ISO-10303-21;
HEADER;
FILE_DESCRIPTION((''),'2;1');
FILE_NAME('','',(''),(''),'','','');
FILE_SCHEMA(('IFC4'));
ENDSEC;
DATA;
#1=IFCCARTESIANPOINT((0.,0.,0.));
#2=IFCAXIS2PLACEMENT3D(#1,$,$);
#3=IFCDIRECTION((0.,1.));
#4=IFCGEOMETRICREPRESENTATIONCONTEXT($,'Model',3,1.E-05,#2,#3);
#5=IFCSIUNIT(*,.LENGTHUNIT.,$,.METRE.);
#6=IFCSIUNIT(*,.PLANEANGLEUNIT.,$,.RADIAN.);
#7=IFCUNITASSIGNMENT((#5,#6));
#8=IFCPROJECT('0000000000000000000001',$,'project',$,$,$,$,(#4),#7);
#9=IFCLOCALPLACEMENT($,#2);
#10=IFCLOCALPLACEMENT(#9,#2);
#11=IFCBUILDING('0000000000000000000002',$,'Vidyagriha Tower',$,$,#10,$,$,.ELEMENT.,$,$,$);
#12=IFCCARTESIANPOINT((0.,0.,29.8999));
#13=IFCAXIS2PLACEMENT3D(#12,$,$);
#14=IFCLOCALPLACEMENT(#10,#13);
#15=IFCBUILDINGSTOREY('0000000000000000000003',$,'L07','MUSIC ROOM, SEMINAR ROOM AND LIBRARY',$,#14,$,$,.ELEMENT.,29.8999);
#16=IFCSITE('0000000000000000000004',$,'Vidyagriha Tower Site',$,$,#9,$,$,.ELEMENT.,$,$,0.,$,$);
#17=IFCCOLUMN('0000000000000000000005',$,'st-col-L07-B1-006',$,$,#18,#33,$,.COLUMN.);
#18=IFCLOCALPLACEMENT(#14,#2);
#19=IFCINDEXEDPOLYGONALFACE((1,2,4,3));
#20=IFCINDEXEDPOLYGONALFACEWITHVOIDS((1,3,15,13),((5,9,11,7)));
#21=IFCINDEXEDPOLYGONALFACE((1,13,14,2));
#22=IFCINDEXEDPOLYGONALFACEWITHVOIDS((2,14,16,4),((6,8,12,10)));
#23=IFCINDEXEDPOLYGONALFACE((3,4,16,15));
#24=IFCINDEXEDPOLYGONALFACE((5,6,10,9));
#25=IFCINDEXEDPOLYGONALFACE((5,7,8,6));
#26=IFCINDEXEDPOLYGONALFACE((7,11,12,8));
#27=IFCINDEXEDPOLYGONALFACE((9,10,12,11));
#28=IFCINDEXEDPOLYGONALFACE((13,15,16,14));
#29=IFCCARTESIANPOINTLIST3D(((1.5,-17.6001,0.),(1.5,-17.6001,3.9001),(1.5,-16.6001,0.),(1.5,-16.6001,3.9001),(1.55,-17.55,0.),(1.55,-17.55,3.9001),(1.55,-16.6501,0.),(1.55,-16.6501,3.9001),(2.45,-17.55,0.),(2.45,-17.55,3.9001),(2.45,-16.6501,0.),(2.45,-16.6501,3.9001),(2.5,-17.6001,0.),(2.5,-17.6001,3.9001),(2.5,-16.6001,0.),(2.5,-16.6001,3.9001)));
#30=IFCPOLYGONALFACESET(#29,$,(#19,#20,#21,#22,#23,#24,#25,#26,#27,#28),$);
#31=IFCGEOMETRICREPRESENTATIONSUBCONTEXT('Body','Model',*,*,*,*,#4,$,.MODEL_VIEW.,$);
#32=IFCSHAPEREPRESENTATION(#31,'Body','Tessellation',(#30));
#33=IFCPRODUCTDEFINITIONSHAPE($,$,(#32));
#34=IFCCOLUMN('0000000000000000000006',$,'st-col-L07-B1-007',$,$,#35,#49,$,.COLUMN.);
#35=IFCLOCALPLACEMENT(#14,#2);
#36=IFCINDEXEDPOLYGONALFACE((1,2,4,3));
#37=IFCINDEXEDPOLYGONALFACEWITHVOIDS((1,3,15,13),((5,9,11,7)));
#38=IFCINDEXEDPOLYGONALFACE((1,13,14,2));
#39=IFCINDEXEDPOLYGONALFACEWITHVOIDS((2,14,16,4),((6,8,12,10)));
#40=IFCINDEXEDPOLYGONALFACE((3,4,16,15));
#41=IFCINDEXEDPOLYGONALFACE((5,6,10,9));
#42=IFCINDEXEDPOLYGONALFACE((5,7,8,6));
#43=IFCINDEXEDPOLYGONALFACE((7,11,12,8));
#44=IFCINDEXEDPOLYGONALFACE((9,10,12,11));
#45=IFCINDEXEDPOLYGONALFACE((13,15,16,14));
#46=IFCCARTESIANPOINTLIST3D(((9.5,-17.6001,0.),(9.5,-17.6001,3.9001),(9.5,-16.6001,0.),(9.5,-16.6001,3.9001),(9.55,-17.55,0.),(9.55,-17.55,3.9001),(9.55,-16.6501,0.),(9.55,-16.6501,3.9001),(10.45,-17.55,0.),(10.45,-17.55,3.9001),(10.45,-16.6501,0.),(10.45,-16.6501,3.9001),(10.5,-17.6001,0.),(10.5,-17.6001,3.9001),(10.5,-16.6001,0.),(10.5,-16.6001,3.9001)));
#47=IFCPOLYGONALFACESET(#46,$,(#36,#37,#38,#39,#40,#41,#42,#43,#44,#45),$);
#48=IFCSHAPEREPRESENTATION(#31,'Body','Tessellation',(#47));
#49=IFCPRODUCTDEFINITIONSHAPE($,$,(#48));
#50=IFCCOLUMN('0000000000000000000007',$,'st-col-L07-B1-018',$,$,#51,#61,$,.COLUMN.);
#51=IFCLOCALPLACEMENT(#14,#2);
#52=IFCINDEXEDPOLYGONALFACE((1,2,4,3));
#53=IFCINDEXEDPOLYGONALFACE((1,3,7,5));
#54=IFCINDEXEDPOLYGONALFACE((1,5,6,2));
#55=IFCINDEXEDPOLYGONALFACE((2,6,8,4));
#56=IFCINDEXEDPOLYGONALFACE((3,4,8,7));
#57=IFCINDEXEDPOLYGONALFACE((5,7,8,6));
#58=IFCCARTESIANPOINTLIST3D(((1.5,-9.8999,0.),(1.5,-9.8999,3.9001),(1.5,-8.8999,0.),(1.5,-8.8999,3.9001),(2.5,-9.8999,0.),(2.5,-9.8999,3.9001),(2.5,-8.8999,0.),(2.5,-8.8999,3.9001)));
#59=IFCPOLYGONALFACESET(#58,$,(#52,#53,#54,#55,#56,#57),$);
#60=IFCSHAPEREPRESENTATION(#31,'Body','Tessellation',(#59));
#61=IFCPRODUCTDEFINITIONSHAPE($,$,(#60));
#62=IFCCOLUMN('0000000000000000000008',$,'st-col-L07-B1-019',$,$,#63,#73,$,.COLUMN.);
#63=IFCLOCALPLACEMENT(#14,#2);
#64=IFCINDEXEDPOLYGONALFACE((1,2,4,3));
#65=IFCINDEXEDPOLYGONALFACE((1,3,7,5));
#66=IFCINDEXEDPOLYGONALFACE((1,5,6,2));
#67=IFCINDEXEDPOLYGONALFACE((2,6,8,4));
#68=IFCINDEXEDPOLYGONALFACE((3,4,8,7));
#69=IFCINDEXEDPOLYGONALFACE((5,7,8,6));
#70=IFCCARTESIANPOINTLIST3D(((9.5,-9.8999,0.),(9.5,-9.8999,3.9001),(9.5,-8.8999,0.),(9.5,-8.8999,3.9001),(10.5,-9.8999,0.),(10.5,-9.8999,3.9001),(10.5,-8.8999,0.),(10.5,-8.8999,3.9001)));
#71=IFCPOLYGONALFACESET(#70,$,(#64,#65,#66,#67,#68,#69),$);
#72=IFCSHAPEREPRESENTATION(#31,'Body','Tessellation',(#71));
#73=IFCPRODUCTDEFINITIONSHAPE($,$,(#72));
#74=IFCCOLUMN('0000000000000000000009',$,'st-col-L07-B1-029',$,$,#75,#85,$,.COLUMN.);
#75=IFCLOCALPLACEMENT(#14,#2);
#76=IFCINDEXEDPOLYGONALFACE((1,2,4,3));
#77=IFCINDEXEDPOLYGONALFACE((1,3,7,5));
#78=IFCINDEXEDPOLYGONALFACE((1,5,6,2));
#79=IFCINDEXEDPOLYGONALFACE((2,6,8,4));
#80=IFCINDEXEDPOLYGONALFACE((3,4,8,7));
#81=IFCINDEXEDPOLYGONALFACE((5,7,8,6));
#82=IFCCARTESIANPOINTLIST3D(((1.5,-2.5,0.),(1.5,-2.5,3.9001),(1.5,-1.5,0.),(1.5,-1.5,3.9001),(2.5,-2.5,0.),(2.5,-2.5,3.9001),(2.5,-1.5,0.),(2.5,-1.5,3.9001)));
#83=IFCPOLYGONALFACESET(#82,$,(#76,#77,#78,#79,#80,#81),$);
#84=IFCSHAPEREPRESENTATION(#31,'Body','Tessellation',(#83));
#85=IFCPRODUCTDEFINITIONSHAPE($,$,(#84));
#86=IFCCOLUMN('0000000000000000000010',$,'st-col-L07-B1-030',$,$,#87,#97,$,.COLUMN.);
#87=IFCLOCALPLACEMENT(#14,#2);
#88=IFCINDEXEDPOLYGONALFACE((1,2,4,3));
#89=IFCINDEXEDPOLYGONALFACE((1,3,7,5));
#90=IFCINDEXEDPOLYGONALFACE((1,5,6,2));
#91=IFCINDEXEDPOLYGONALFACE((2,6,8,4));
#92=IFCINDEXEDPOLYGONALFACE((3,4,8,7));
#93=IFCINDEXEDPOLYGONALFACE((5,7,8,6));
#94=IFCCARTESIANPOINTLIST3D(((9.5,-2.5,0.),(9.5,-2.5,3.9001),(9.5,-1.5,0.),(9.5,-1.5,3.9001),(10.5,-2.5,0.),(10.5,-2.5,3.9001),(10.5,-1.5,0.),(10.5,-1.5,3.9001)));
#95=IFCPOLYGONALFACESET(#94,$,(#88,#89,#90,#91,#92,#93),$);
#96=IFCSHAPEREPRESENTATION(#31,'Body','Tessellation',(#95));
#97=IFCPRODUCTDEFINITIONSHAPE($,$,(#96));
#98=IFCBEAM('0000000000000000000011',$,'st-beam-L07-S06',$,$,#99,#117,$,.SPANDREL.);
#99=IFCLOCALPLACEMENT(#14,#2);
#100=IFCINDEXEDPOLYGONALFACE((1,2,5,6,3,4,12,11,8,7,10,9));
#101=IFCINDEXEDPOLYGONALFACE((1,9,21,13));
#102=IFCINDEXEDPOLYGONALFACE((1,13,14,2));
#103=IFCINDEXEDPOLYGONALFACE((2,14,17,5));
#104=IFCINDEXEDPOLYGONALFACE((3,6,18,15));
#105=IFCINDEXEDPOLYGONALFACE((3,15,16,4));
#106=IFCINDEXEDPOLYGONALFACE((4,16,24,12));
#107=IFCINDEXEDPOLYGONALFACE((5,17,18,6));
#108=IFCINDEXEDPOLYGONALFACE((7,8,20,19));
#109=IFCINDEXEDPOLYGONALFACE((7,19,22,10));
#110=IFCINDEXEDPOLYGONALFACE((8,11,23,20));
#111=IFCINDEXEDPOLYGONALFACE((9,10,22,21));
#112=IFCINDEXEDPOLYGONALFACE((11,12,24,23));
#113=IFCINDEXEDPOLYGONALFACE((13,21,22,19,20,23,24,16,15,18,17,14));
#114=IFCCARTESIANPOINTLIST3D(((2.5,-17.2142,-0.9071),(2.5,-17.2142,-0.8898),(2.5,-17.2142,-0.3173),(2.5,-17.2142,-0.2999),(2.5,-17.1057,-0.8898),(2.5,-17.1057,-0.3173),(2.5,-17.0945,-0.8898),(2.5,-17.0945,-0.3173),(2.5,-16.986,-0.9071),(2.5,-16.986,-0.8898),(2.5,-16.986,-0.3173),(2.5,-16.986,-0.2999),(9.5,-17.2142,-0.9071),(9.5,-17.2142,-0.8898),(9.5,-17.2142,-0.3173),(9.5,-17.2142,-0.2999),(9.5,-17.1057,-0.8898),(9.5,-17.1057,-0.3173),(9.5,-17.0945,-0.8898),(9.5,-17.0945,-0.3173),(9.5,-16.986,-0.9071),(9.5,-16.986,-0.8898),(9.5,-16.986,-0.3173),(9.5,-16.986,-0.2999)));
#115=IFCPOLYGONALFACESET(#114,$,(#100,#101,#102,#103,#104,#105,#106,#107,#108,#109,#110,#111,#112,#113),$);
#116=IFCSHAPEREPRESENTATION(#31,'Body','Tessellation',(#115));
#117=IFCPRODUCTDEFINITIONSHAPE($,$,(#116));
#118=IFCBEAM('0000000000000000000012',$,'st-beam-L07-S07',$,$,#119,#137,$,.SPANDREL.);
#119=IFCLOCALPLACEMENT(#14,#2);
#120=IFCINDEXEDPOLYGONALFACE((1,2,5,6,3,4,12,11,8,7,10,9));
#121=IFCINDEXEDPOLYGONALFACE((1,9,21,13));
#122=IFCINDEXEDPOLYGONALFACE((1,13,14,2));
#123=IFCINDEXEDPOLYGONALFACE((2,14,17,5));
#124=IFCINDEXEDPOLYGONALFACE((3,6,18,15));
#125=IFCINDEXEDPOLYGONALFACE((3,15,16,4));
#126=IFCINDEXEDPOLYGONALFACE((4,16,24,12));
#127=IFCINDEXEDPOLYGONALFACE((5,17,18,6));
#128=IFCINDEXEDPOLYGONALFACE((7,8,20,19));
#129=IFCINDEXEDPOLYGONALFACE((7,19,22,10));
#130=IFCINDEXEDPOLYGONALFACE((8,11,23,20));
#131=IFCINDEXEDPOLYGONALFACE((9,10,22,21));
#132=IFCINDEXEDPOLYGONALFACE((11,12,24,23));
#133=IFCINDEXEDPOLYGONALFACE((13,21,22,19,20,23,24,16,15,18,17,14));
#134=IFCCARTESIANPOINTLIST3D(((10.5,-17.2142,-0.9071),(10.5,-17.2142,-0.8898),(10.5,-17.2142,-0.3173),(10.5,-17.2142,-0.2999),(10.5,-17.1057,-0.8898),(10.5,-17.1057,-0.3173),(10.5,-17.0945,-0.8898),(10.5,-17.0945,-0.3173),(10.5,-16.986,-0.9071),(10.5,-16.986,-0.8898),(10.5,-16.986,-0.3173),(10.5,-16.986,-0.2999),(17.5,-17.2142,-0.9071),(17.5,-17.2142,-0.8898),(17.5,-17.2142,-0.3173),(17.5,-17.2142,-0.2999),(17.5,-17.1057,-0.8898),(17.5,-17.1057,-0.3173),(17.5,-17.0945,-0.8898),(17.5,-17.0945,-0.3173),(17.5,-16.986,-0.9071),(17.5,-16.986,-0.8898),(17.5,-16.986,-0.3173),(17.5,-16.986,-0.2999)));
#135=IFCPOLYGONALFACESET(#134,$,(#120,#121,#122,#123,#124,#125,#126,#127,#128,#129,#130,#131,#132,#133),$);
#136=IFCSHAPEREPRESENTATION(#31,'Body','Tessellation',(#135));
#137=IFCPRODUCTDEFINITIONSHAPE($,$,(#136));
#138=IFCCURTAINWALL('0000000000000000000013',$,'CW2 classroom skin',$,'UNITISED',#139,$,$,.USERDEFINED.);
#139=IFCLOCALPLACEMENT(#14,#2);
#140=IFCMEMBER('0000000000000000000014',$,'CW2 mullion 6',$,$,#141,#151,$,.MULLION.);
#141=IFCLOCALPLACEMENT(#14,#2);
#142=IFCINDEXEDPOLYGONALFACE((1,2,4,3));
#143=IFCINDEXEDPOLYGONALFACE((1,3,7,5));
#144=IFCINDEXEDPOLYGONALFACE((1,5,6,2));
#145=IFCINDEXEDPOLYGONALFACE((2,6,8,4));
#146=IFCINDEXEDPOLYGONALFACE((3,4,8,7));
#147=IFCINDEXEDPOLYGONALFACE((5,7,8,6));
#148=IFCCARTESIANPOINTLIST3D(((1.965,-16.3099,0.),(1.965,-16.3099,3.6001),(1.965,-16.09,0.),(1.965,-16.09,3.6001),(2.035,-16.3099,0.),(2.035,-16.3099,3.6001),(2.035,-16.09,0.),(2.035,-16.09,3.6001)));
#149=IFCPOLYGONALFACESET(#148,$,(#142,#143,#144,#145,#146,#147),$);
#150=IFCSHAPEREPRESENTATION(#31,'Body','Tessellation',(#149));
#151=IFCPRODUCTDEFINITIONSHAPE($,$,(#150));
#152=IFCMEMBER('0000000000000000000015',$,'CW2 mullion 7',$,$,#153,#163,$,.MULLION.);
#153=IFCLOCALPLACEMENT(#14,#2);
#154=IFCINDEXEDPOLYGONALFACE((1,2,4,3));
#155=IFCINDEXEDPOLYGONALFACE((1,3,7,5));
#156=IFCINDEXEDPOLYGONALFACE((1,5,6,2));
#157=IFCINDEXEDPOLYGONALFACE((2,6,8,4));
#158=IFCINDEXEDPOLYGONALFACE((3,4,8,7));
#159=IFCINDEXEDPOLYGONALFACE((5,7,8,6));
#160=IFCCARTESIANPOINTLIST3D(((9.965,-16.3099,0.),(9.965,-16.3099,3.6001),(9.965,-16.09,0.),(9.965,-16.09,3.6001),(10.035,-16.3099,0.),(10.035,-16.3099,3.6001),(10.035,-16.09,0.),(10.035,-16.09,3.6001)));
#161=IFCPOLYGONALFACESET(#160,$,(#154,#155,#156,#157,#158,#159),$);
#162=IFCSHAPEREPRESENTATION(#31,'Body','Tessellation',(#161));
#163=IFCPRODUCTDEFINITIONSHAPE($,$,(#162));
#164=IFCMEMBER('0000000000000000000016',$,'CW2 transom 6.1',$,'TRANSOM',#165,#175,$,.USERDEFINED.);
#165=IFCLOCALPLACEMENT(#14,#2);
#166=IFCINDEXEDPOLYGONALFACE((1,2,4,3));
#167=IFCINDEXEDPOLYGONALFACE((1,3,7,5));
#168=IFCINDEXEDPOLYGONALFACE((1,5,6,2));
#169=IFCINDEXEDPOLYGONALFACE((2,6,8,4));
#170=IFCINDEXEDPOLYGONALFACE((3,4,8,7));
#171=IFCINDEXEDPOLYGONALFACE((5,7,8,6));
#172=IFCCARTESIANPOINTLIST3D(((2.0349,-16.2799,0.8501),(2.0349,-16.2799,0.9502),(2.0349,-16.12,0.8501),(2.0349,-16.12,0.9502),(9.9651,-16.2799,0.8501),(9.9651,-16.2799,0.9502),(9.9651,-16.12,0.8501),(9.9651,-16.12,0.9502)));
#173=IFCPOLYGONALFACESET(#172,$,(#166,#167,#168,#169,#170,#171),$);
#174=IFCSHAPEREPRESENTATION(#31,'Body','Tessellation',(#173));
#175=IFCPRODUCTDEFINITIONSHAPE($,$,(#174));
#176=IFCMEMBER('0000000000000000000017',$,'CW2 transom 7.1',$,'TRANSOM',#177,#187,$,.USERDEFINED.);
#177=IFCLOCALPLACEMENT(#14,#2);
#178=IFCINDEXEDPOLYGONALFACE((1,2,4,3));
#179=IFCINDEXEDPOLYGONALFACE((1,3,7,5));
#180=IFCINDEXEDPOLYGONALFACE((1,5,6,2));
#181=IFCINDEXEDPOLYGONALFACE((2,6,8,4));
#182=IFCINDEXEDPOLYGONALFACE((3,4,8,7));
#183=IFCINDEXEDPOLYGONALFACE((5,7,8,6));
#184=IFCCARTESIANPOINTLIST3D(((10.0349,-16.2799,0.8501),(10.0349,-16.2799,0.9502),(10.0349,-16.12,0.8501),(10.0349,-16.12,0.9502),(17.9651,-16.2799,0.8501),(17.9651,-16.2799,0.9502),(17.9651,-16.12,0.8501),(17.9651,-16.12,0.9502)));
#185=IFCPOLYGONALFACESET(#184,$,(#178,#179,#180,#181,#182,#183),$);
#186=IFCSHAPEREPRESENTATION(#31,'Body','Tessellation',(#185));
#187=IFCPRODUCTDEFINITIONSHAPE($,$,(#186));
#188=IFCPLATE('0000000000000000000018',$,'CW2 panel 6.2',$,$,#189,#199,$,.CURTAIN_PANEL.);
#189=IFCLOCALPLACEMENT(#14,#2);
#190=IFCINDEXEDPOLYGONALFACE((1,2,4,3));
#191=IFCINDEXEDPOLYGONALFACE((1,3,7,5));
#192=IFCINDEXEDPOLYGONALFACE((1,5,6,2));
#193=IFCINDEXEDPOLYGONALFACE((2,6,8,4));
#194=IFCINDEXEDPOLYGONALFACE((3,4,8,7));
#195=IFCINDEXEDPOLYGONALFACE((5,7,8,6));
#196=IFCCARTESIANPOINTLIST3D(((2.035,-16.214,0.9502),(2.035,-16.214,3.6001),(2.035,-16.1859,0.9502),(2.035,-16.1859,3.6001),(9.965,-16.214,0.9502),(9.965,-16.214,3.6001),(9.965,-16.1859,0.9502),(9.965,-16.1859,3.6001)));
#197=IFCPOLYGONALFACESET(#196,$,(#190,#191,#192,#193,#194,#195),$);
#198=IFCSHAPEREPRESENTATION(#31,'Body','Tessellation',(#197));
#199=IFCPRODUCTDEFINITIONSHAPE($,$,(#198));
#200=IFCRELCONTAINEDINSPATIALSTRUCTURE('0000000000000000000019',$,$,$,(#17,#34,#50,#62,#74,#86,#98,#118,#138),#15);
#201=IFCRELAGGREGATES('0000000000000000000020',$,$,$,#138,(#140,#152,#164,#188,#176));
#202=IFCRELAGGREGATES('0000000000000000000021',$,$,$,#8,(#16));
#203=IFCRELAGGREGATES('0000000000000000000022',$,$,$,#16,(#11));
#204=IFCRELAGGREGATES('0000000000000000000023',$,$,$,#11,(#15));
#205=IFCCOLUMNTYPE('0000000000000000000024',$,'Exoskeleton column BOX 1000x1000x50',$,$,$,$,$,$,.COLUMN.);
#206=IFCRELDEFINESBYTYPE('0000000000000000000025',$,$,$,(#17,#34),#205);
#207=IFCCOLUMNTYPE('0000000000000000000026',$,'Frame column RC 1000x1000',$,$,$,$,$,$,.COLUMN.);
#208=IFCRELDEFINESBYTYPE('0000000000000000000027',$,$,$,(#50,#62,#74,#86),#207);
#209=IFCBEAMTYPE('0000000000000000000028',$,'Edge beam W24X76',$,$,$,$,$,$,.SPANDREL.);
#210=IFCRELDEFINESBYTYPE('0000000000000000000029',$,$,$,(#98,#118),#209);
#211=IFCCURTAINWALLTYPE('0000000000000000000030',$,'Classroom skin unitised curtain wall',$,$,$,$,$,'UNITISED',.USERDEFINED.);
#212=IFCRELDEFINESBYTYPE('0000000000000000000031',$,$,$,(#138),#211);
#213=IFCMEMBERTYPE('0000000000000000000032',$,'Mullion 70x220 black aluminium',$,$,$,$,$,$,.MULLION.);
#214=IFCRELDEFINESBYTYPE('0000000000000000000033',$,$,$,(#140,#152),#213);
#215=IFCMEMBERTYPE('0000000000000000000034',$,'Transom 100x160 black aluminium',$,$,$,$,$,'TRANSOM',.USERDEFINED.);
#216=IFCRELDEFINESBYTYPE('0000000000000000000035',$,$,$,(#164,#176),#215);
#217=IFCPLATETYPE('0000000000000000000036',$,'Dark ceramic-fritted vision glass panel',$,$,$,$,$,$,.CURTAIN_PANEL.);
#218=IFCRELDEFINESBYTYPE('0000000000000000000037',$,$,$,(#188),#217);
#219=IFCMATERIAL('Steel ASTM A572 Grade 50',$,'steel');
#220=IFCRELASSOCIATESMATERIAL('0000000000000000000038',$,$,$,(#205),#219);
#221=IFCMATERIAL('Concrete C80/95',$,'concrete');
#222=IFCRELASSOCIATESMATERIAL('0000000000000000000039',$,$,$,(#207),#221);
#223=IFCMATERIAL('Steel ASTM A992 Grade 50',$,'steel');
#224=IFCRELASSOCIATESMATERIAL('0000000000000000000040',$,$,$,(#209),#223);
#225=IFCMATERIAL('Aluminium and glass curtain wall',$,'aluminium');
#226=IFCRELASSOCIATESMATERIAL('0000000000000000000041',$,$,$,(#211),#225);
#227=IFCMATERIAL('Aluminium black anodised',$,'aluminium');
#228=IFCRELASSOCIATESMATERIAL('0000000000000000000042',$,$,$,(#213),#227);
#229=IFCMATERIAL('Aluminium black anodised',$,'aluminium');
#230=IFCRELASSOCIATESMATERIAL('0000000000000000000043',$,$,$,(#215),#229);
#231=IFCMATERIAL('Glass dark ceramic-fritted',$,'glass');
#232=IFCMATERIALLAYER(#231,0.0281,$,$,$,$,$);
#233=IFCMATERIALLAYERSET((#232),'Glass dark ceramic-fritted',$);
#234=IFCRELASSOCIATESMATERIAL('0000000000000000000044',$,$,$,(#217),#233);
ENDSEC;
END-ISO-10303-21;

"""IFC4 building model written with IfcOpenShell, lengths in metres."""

from ifc_helpers import new_model, si_unit, direction, frame, origin, origin_2d, place, context, subcontext, project, spatial, rectangle, hollow_rectangle, i_section, extrude, material, layer, layer_set, material_profile, profile_set, type_object, element, aggregate, save


model = new_model("IFC4")

# Units and contexts
model_context = context("Model", 3, precision=1e-05, world=origin(), true_north=direction((0.0, 1.0)))
body_context = subcontext(model_context, "Body", "Model", "MODEL_VIEW")
ifc_project = project(units=[si_unit("LENGTHUNIT", "METRE"), si_unit("PLANEANGLEUNIT", "RADIAN")], contexts=[model_context])

# Site, building, storey
site_placement = place(None, origin())
site = spatial("IfcSite", under=ifc_project, at=site_placement, Name="Vidyagriha Tower Site", CompositionType="ELEMENT", RefElevation=0.0)
building_placement = place(site_placement, origin())
building = spatial("IfcBuilding", under=site, at=building_placement, Name="Vidyagriha Tower", CompositionType="ELEMENT")
storey_placement = place(building_placement, frame((0.0, 0.0, 29.8999)))
storey = spatial("IfcBuildingStorey", under=building, at=storey_placement, Name="L07", Description="MUSIC ROOM, SEMINAR ROOM AND LIBRARY", CompositionType="ELEMENT", Elevation=29.8999)

# Columns
ifc_material_1 = material(Name="Steel ASTM A572 Grade 50", Category="steel")
ifc_material_profile_1 = material_profile(ifc_material_1, hollow_rectangle(XDim=1.0, YDim=1.0, WallThickness=0.05, at=origin_2d()), Name="BOX 1000x1000x50")
ifc_profile_set_1 = profile_set([ifc_material_profile_1], Name="Steel ASTM A572 Grade 50")
column_type_1 = type_object("IfcColumnType", Name="Exoskeleton column BOX 1000x1000x50", PredefinedType="COLUMN", material=ifc_profile_set_1)
for number, where, name in (
    (1, (2.0, -17.1001, 0.0), "st-col-L07-B1-006"),
    (2, (10.0, -17.1001, 0.0), "st-col-L07-B1-007"),
):
    element("IfcColumn", number, at=place(storey_placement, frame(where)), inside=storey, type_object=column_type_1, Name=name, PredefinedType="COLUMN", context=body_context, shape_type="SweptSolid", body=[
        extrude(hollow_rectangle(XDim=1.0, YDim=1.0, WallThickness=0.05, at=origin_2d()), origin(), (0.0, 0.0, 1.0), 3.9001),
    ])
ifc_material_2 = material(Name="Concrete C80/95", Category="concrete")
ifc_material_profile_2 = material_profile(ifc_material_2, rectangle(XDim=1.0, YDim=1.0, at=origin_2d()), Name="RC 1000x1000")
ifc_profile_set_2 = profile_set([ifc_material_profile_2], Name="Concrete C80/95")
column_type_2 = type_object("IfcColumnType", Name="Frame column RC 1000x1000", PredefinedType="COLUMN", material=ifc_profile_set_2)
for number, where, name in (
    (3, (2.0, -9.3999, 0.0), "st-col-L07-B1-018"),
    (4, (10.0, -9.3999, 0.0), "st-col-L07-B1-019"),
    (5, (2.0, -2.0, 0.0), "st-col-L07-B1-029"),
    (6, (10.0, -2.0, 0.0), "st-col-L07-B1-030"),
):
    element("IfcColumn", number, at=place(storey_placement, frame(where)), inside=storey, type_object=column_type_2, Name=name, PredefinedType="COLUMN", context=body_context, shape_type="SweptSolid", body=[
        extrude(rectangle(XDim=1.0, YDim=1.0, at=origin_2d()), origin(), (0.0, 0.0, 1.0), 3.9001),
    ])

# Beams
ifc_material_3 = material(Name="Steel ASTM A992 Grade 50", Category="steel")
ifc_material_profile_3 = material_profile(ifc_material_3, i_section(OverallWidth=0.2283, OverallDepth=0.6072, WebThickness=0.0112, FlangeThickness=0.0173, at=origin_2d()), Name="W24X76")
ifc_profile_set_3 = profile_set([ifc_material_profile_3], Name="Steel ASTM A992 Grade 50")
beam_type = type_object("IfcBeamType", Name="Edge beam W24X76", PredefinedType="SPANDREL", material=ifc_profile_set_3)
for number, where, z_axis, x_axis, name in (
    (7, (2.5, -17.1001, -0.6035), (1.0, 0.0, 0.0), (0.0, 1.0, 0.0), "st-beam-L07-S06"),
    (8, (10.5, -17.1001, -0.6035), (1.0, 0.0, 0.0), (0.0, 1.0, 0.0), "st-beam-L07-S07"),
):
    element("IfcBeam", number, at=place(storey_placement, frame(where, z_axis=z_axis, x_axis=x_axis)), inside=storey, type_object=beam_type, Name=name, PredefinedType="SPANDREL", context=body_context, shape_type="SweptSolid", body=[
        extrude(i_section(OverallWidth=0.2283, OverallDepth=0.6072, WebThickness=0.0112, FlangeThickness=0.0173, at=origin_2d()), origin(), (0.0, 0.0, 1.0), 7.0),
    ])

# Curtain wall, members, plate
ifc_material_4 = material(Name="Aluminium and glass curtain wall", Category="aluminium")
curtain_wall_type = type_object("IfcCurtainWallType", Name="Classroom skin unitised curtain wall", ElementType="UNITISED", PredefinedType="USERDEFINED", material=ifc_material_4)
curtain_wall_placement = place(storey_placement, origin())
curtain_wall = element("IfcCurtainWall", 9, at=curtain_wall_placement, inside=storey, type_object=curtain_wall_type, Name="CW2 classroom skin", ObjectType="UNITISED", PredefinedType="USERDEFINED")
ifc_material_5 = material(Name="Aluminium black anodised", Category="aluminium")
ifc_material_profile_4 = material_profile(ifc_material_5, rectangle(XDim=0.22, YDim=0.0701, at=origin_2d()), Name="Mullion 70x220 black aluminium")
ifc_profile_set_4 = profile_set([ifc_material_profile_4], Name="Aluminium black anodised")
member_type_1 = type_object("IfcMemberType", Name="Mullion 70x220 black aluminium", PredefinedType="MULLION", material=ifc_profile_set_4)
member_1_placement = place(storey_placement, frame((2.0, -16.2, 0.0), z_axis=(0.0, 0.0, 1.0), x_axis=(0.0, 1.0, 0.0)))
member_1 = element("IfcMember", 10, at=member_1_placement, type_object=member_type_1, Name="CW2 mullion 6", PredefinedType="MULLION", context=body_context, shape_type="SweptSolid", body=[
    extrude(rectangle(XDim=0.22, YDim=0.0701, at=origin_2d()), origin(), (0.0, 0.0, 1.0), 3.6001),
])
member_2_placement = place(storey_placement, frame((10.0, -16.2, 0.0), z_axis=(0.0, 0.0, 1.0), x_axis=(0.0, 1.0, 0.0)))
member_2 = element("IfcMember", 11, at=member_2_placement, type_object=member_type_1, Name="CW2 mullion 7", PredefinedType="MULLION", context=body_context, shape_type="SweptSolid", body=[
    extrude(rectangle(XDim=0.22, YDim=0.0701, at=origin_2d()), origin(), (0.0, 0.0, 1.0), 3.6001),
])
ifc_material_6 = material(Name="Aluminium black anodised", Category="aluminium")
ifc_material_profile_5 = material_profile(ifc_material_6, rectangle(XDim=0.1599, YDim=0.1001, at=origin_2d()), Name="Transom 100x160 black aluminium")
ifc_profile_set_5 = profile_set([ifc_material_profile_5], Name="Aluminium black anodised")
member_type_2 = type_object("IfcMemberType", Name="Transom 100x160 black aluminium", ElementType="TRANSOM", PredefinedType="USERDEFINED", material=ifc_profile_set_5)
member_3_placement = place(storey_placement, frame((2.0349, -16.2, 0.9001), z_axis=(1.0, 0.0, 0.0), x_axis=(0.0, 1.0, 0.0)))
member_3 = element("IfcMember", 12, at=member_3_placement, type_object=member_type_2, Name="CW2 transom 6.1", ObjectType="TRANSOM", PredefinedType="USERDEFINED", context=body_context, shape_type="SweptSolid", body=[
    extrude(rectangle(XDim=0.1599, YDim=0.1001, at=origin_2d()), origin(), (0.0, 0.0, 1.0), 7.9302),
])
member_4_placement = place(storey_placement, frame((10.0349, -16.2, 0.9001), z_axis=(1.0, 0.0, 0.0), x_axis=(0.0, 1.0, 0.0)))
member_4 = element("IfcMember", 13, at=member_4_placement, type_object=member_type_2, Name="CW2 transom 7.1", ObjectType="TRANSOM", PredefinedType="USERDEFINED", context=body_context, shape_type="SweptSolid", body=[
    extrude(rectangle(XDim=0.1599, YDim=0.1001, at=origin_2d()), origin(), (0.0, 0.0, 1.0), 7.9302),
])
ifc_material_7 = material(Name="Glass dark ceramic-fritted", Category="glass")
ifc_layer_1 = layer(ifc_material_7, 0.0281)
ifc_layer_set_1 = layer_set([ifc_layer_1], Name="Glass dark ceramic-fritted")
plate_type_1 = type_object("IfcPlateType", Name="Dark ceramic-fritted vision glass panel", PredefinedType="CURTAIN_PANEL", material=ifc_layer_set_1)
plate_1_placement = place(storey_placement, frame((6.0, -16.2, 0.9502)))
plate_1 = element("IfcPlate", 14, at=plate_1_placement, type_object=plate_type_1, Name="CW2 panel 6.2", PredefinedType="CURTAIN_PANEL", context=body_context, shape_type="SweptSolid", body=[
    extrude(rectangle(XDim=7.9299, YDim=0.0281, at=origin_2d()), origin(), (0.0, 0.0, 1.0), 2.6499),
])

aggregate(curtain_wall, [member_1, member_2, member_3, plate_1, member_4])

save(model, "model.ifc")
